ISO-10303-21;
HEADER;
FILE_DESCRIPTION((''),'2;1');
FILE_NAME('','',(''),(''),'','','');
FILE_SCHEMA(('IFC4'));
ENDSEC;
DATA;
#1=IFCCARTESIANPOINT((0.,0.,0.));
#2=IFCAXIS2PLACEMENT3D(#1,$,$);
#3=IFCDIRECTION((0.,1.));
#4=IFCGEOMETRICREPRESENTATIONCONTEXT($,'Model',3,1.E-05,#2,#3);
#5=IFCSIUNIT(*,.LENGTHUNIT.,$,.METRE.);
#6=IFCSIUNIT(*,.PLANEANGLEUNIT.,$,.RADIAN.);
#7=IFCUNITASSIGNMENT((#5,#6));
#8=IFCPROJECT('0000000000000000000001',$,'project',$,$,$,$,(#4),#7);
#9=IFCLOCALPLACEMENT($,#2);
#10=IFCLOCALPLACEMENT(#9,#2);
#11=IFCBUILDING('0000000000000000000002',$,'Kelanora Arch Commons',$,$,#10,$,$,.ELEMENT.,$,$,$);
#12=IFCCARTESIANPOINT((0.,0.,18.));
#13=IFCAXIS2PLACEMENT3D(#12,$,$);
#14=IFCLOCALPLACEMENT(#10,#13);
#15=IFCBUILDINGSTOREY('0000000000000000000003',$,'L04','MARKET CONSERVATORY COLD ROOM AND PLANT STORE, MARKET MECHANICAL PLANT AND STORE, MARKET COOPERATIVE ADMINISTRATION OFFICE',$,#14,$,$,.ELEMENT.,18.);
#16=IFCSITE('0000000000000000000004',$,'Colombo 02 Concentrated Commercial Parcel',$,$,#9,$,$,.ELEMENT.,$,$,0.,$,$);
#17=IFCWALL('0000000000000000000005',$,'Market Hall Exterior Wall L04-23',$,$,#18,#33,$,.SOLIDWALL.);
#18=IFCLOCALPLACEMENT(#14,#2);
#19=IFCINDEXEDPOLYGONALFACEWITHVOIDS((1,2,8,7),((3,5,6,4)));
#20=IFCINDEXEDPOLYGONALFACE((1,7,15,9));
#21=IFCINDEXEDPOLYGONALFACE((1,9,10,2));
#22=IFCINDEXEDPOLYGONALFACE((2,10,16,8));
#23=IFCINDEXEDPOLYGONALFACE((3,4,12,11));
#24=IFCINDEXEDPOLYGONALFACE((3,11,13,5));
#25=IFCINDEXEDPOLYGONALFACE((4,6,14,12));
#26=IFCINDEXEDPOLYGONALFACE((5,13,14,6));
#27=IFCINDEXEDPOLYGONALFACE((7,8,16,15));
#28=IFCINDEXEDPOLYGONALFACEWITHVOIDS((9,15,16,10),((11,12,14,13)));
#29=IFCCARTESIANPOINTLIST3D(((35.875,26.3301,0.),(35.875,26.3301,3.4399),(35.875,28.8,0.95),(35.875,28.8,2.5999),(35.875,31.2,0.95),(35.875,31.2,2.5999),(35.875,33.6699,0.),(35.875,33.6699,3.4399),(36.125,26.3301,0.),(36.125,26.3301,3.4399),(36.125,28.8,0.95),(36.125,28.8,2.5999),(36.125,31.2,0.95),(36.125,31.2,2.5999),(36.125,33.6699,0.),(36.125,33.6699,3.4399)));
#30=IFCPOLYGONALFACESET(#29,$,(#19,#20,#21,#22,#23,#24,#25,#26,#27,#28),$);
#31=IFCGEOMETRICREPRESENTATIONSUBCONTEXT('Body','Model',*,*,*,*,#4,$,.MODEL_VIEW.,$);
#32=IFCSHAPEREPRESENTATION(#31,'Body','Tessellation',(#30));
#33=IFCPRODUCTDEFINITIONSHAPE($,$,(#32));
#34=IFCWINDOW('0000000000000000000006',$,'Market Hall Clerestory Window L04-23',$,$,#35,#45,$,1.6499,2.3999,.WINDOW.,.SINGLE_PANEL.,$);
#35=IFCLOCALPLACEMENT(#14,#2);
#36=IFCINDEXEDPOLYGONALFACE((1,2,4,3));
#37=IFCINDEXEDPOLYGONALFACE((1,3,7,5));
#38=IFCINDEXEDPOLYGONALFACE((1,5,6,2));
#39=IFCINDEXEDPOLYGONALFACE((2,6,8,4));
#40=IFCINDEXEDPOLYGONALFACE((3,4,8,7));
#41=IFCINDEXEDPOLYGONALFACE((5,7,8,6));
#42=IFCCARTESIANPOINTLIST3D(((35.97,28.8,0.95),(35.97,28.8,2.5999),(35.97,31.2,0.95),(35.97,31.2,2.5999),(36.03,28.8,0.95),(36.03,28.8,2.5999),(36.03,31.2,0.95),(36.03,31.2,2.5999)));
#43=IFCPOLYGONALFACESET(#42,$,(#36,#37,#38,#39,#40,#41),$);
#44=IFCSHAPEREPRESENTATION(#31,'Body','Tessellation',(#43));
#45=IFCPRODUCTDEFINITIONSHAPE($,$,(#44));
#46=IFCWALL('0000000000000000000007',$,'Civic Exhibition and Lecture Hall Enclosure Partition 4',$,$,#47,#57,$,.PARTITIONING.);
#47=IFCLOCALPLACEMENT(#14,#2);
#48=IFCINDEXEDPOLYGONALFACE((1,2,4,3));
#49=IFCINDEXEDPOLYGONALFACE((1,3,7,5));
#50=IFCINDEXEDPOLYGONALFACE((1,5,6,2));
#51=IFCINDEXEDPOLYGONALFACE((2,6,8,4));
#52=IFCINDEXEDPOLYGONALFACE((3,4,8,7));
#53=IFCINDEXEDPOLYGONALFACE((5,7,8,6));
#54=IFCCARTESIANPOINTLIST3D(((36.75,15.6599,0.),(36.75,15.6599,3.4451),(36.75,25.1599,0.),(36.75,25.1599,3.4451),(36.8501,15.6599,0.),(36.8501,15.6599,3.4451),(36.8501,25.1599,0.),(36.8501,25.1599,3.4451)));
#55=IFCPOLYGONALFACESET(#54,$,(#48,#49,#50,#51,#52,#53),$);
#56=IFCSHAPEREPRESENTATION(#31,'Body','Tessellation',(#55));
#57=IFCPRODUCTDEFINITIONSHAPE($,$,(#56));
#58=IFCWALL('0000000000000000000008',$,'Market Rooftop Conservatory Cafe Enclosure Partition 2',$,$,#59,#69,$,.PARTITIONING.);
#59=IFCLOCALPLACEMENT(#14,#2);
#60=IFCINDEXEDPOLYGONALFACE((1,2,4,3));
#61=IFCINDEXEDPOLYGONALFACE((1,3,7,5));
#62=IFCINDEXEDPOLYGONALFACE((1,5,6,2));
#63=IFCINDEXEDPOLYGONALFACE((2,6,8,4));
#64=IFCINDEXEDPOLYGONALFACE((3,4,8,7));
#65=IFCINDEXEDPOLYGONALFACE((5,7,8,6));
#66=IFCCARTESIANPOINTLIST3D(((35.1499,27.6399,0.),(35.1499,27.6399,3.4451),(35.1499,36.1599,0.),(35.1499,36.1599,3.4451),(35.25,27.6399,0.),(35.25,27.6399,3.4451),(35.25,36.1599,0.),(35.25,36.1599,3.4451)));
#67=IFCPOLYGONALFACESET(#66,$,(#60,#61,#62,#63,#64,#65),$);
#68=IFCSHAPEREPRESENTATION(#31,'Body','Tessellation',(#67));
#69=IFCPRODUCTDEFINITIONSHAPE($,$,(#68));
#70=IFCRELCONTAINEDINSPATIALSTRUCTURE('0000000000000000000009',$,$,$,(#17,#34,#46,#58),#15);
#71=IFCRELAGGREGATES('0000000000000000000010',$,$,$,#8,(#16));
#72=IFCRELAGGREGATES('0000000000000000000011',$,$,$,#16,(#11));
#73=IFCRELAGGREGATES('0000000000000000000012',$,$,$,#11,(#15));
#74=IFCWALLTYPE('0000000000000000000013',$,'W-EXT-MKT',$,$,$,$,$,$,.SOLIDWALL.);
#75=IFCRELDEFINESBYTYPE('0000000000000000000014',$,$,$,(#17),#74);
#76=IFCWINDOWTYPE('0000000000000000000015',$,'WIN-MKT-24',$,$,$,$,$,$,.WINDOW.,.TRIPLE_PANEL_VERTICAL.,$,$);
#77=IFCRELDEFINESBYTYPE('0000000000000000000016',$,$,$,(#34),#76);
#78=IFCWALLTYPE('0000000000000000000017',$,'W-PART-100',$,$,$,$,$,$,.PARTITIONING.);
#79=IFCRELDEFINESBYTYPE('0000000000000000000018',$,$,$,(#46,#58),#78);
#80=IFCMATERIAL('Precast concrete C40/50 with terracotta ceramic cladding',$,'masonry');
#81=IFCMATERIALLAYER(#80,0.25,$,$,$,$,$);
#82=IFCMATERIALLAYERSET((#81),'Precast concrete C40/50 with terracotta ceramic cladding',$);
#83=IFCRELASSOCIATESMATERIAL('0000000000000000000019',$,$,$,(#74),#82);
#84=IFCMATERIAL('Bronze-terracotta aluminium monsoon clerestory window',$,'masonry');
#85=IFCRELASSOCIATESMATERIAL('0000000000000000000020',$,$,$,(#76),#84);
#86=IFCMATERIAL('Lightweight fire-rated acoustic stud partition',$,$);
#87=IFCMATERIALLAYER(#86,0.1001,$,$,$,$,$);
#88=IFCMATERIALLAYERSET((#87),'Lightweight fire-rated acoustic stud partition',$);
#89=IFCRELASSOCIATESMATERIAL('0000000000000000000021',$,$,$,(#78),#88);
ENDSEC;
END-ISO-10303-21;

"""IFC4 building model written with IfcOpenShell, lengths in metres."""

from ifc_helpers import new_model, si_unit, direction, frame, frame_2d, origin, place, context, subcontext, project, spatial, rectangle, extrude, material, layer, layer_set, type_object, element, fill, save


model = new_model("IFC4")

# Units and contexts
model_context = context("Model", 3, precision=1e-05, world=origin(), true_north=direction((0.0, 1.0)))
body_context = subcontext(model_context, "Body", "Model", "MODEL_VIEW")
ifc_project = project(units=[si_unit("LENGTHUNIT", "METRE"), si_unit("PLANEANGLEUNIT", "RADIAN")], contexts=[model_context])

# Site, building, storey
site_placement = place(None, origin())
site = spatial("IfcSite", under=ifc_project, at=site_placement, Name="Colombo 02 Concentrated Commercial Parcel", CompositionType="ELEMENT", RefElevation=0.0)
building_placement = place(site_placement, origin())
building = spatial("IfcBuilding", under=site, at=building_placement, Name="Kelanora Arch Commons", CompositionType="ELEMENT")
storey_placement = place(building_placement, frame((0.0, 0.0, 18.0)))
storey = spatial("IfcBuildingStorey", under=building, at=storey_placement, Name="L04", Description="MARKET CONSERVATORY COLD ROOM AND PLANT STORE, MARKET MECHANICAL PLANT AND STORE, MARKET COOPERATIVE ADMINISTRATION OFFICE", CompositionType="ELEMENT", Elevation=18.0)

# Wall, opening, window
ifc_material_1 = material(Name="Precast concrete C40/50 with terracotta ceramic cladding", Category="masonry")
ifc_layer_1 = layer(ifc_material_1, 0.25)
ifc_layer_set_1 = layer_set([ifc_layer_1], Name="Precast concrete C40/50 with terracotta ceramic cladding")
wall_type_1 = type_object("IfcWallType", Name="W-EXT-MKT", PredefinedType="SOLIDWALL", material=ifc_layer_set_1)
wall_1_placement = place(storey_placement, frame((36.0, 26.3301, 0.0), z_axis=(0.0, 0.0, 1.0), x_axis=(0.0, 1.0, 0.0)))
wall_1 = element("IfcWall", 1, at=wall_1_placement, inside=storey, type_object=wall_type_1, Name="Market Hall Exterior Wall L04-23", PredefinedType="SOLIDWALL", context=body_context, shape_type="SweptSolid", body=[
    extrude(rectangle(XDim=7.3398, YDim=0.25, at=frame_2d((3.6699, 0.0))), origin(), (0.0, 0.0, 1.0), 3.4399),
])
opening_placement = place(wall_1_placement, frame((2.47, 0.0, 0.95)))
opening = element("IfcOpeningElement", 2, at=opening_placement, cuts=wall_1, PredefinedType="OPENING", context=body_context, shape_type="SweptSolid", body=[
    extrude(rectangle(XDim=2.3999, YDim=1.6499, at=frame_2d((1.2, 0.825))), frame((0.0, 0.135, 0.0), z_axis=(0.0, -1.0, 0.0), x_axis=(1.0, 0.0, 0.0)), (0.0, 0.0, 1.0), 0.27),
])
ifc_material_2 = material(Name="Bronze-terracotta aluminium monsoon clerestory window", Category="masonry")
window_type = type_object("IfcWindowType", Name="WIN-MKT-24", PartitioningType="TRIPLE_PANEL_VERTICAL", PredefinedType="WINDOW", material=ifc_material_2)
window_placement = place(opening_placement, origin())
window = element("IfcWindow", 3, at=window_placement, inside=storey, type_object=window_type, Name="Market Hall Clerestory Window L04-23", OverallHeight=1.6499, OverallWidth=2.3999, PartitioningType="SINGLE_PANEL", PredefinedType="WINDOW", context=body_context, shape_type="SweptSolid", body=[
    extrude(rectangle(XDim=2.3999, YDim=1.6499, at=frame_2d((1.2, 0.825))), frame((0.0, 0.03, 0.0), z_axis=(0.0, -1.0, 0.0), x_axis=(1.0, 0.0, 0.0)), (0.0, 0.0, 1.0), 0.0601),
])
fill(opening, window)

# Walls
ifc_material_3 = material(Name="Lightweight fire-rated acoustic stud partition")
ifc_layer_2 = layer(ifc_material_3, 0.1001)
ifc_layer_set_2 = layer_set([ifc_layer_2], Name="Lightweight fire-rated acoustic stud partition")
wall_type_2 = type_object("IfcWallType", Name="W-PART-100", PredefinedType="PARTITIONING", material=ifc_layer_set_2)
wall_2_placement = place(storey_placement, frame((36.8, 25.1599, 0.0), z_axis=(0.0, 0.0, 1.0), x_axis=(0.0, -1.0, 0.0)))
element("IfcWall", 4, at=wall_2_placement, inside=storey, type_object=wall_type_2, Name="Civic Exhibition and Lecture Hall Enclosure Partition 4", PredefinedType="PARTITIONING", context=body_context, shape_type="SweptSolid", body=[
    extrude(rectangle(XDim=9.5, YDim=0.1001, at=frame_2d((4.75, 0.0))), origin(), (0.0, 0.0, 1.0), 3.4451),
])
wall_3_placement = place(storey_placement, frame((35.2, 27.6399, 0.0), z_axis=(0.0, 0.0, 1.0), x_axis=(0.0, 1.0, 0.0)))
element("IfcWall", 5, at=wall_3_placement, inside=storey, type_object=wall_type_2, Name="Market Rooftop Conservatory Cafe Enclosure Partition 2", PredefinedType="PARTITIONING", context=body_context, shape_type="SweptSolid", body=[
    extrude(rectangle(XDim=8.52, YDim=0.1001, at=frame_2d((4.26, 0.0))), origin(), (0.0, 0.0, 1.0), 3.4451),
])

save(model, "model.ifc")
